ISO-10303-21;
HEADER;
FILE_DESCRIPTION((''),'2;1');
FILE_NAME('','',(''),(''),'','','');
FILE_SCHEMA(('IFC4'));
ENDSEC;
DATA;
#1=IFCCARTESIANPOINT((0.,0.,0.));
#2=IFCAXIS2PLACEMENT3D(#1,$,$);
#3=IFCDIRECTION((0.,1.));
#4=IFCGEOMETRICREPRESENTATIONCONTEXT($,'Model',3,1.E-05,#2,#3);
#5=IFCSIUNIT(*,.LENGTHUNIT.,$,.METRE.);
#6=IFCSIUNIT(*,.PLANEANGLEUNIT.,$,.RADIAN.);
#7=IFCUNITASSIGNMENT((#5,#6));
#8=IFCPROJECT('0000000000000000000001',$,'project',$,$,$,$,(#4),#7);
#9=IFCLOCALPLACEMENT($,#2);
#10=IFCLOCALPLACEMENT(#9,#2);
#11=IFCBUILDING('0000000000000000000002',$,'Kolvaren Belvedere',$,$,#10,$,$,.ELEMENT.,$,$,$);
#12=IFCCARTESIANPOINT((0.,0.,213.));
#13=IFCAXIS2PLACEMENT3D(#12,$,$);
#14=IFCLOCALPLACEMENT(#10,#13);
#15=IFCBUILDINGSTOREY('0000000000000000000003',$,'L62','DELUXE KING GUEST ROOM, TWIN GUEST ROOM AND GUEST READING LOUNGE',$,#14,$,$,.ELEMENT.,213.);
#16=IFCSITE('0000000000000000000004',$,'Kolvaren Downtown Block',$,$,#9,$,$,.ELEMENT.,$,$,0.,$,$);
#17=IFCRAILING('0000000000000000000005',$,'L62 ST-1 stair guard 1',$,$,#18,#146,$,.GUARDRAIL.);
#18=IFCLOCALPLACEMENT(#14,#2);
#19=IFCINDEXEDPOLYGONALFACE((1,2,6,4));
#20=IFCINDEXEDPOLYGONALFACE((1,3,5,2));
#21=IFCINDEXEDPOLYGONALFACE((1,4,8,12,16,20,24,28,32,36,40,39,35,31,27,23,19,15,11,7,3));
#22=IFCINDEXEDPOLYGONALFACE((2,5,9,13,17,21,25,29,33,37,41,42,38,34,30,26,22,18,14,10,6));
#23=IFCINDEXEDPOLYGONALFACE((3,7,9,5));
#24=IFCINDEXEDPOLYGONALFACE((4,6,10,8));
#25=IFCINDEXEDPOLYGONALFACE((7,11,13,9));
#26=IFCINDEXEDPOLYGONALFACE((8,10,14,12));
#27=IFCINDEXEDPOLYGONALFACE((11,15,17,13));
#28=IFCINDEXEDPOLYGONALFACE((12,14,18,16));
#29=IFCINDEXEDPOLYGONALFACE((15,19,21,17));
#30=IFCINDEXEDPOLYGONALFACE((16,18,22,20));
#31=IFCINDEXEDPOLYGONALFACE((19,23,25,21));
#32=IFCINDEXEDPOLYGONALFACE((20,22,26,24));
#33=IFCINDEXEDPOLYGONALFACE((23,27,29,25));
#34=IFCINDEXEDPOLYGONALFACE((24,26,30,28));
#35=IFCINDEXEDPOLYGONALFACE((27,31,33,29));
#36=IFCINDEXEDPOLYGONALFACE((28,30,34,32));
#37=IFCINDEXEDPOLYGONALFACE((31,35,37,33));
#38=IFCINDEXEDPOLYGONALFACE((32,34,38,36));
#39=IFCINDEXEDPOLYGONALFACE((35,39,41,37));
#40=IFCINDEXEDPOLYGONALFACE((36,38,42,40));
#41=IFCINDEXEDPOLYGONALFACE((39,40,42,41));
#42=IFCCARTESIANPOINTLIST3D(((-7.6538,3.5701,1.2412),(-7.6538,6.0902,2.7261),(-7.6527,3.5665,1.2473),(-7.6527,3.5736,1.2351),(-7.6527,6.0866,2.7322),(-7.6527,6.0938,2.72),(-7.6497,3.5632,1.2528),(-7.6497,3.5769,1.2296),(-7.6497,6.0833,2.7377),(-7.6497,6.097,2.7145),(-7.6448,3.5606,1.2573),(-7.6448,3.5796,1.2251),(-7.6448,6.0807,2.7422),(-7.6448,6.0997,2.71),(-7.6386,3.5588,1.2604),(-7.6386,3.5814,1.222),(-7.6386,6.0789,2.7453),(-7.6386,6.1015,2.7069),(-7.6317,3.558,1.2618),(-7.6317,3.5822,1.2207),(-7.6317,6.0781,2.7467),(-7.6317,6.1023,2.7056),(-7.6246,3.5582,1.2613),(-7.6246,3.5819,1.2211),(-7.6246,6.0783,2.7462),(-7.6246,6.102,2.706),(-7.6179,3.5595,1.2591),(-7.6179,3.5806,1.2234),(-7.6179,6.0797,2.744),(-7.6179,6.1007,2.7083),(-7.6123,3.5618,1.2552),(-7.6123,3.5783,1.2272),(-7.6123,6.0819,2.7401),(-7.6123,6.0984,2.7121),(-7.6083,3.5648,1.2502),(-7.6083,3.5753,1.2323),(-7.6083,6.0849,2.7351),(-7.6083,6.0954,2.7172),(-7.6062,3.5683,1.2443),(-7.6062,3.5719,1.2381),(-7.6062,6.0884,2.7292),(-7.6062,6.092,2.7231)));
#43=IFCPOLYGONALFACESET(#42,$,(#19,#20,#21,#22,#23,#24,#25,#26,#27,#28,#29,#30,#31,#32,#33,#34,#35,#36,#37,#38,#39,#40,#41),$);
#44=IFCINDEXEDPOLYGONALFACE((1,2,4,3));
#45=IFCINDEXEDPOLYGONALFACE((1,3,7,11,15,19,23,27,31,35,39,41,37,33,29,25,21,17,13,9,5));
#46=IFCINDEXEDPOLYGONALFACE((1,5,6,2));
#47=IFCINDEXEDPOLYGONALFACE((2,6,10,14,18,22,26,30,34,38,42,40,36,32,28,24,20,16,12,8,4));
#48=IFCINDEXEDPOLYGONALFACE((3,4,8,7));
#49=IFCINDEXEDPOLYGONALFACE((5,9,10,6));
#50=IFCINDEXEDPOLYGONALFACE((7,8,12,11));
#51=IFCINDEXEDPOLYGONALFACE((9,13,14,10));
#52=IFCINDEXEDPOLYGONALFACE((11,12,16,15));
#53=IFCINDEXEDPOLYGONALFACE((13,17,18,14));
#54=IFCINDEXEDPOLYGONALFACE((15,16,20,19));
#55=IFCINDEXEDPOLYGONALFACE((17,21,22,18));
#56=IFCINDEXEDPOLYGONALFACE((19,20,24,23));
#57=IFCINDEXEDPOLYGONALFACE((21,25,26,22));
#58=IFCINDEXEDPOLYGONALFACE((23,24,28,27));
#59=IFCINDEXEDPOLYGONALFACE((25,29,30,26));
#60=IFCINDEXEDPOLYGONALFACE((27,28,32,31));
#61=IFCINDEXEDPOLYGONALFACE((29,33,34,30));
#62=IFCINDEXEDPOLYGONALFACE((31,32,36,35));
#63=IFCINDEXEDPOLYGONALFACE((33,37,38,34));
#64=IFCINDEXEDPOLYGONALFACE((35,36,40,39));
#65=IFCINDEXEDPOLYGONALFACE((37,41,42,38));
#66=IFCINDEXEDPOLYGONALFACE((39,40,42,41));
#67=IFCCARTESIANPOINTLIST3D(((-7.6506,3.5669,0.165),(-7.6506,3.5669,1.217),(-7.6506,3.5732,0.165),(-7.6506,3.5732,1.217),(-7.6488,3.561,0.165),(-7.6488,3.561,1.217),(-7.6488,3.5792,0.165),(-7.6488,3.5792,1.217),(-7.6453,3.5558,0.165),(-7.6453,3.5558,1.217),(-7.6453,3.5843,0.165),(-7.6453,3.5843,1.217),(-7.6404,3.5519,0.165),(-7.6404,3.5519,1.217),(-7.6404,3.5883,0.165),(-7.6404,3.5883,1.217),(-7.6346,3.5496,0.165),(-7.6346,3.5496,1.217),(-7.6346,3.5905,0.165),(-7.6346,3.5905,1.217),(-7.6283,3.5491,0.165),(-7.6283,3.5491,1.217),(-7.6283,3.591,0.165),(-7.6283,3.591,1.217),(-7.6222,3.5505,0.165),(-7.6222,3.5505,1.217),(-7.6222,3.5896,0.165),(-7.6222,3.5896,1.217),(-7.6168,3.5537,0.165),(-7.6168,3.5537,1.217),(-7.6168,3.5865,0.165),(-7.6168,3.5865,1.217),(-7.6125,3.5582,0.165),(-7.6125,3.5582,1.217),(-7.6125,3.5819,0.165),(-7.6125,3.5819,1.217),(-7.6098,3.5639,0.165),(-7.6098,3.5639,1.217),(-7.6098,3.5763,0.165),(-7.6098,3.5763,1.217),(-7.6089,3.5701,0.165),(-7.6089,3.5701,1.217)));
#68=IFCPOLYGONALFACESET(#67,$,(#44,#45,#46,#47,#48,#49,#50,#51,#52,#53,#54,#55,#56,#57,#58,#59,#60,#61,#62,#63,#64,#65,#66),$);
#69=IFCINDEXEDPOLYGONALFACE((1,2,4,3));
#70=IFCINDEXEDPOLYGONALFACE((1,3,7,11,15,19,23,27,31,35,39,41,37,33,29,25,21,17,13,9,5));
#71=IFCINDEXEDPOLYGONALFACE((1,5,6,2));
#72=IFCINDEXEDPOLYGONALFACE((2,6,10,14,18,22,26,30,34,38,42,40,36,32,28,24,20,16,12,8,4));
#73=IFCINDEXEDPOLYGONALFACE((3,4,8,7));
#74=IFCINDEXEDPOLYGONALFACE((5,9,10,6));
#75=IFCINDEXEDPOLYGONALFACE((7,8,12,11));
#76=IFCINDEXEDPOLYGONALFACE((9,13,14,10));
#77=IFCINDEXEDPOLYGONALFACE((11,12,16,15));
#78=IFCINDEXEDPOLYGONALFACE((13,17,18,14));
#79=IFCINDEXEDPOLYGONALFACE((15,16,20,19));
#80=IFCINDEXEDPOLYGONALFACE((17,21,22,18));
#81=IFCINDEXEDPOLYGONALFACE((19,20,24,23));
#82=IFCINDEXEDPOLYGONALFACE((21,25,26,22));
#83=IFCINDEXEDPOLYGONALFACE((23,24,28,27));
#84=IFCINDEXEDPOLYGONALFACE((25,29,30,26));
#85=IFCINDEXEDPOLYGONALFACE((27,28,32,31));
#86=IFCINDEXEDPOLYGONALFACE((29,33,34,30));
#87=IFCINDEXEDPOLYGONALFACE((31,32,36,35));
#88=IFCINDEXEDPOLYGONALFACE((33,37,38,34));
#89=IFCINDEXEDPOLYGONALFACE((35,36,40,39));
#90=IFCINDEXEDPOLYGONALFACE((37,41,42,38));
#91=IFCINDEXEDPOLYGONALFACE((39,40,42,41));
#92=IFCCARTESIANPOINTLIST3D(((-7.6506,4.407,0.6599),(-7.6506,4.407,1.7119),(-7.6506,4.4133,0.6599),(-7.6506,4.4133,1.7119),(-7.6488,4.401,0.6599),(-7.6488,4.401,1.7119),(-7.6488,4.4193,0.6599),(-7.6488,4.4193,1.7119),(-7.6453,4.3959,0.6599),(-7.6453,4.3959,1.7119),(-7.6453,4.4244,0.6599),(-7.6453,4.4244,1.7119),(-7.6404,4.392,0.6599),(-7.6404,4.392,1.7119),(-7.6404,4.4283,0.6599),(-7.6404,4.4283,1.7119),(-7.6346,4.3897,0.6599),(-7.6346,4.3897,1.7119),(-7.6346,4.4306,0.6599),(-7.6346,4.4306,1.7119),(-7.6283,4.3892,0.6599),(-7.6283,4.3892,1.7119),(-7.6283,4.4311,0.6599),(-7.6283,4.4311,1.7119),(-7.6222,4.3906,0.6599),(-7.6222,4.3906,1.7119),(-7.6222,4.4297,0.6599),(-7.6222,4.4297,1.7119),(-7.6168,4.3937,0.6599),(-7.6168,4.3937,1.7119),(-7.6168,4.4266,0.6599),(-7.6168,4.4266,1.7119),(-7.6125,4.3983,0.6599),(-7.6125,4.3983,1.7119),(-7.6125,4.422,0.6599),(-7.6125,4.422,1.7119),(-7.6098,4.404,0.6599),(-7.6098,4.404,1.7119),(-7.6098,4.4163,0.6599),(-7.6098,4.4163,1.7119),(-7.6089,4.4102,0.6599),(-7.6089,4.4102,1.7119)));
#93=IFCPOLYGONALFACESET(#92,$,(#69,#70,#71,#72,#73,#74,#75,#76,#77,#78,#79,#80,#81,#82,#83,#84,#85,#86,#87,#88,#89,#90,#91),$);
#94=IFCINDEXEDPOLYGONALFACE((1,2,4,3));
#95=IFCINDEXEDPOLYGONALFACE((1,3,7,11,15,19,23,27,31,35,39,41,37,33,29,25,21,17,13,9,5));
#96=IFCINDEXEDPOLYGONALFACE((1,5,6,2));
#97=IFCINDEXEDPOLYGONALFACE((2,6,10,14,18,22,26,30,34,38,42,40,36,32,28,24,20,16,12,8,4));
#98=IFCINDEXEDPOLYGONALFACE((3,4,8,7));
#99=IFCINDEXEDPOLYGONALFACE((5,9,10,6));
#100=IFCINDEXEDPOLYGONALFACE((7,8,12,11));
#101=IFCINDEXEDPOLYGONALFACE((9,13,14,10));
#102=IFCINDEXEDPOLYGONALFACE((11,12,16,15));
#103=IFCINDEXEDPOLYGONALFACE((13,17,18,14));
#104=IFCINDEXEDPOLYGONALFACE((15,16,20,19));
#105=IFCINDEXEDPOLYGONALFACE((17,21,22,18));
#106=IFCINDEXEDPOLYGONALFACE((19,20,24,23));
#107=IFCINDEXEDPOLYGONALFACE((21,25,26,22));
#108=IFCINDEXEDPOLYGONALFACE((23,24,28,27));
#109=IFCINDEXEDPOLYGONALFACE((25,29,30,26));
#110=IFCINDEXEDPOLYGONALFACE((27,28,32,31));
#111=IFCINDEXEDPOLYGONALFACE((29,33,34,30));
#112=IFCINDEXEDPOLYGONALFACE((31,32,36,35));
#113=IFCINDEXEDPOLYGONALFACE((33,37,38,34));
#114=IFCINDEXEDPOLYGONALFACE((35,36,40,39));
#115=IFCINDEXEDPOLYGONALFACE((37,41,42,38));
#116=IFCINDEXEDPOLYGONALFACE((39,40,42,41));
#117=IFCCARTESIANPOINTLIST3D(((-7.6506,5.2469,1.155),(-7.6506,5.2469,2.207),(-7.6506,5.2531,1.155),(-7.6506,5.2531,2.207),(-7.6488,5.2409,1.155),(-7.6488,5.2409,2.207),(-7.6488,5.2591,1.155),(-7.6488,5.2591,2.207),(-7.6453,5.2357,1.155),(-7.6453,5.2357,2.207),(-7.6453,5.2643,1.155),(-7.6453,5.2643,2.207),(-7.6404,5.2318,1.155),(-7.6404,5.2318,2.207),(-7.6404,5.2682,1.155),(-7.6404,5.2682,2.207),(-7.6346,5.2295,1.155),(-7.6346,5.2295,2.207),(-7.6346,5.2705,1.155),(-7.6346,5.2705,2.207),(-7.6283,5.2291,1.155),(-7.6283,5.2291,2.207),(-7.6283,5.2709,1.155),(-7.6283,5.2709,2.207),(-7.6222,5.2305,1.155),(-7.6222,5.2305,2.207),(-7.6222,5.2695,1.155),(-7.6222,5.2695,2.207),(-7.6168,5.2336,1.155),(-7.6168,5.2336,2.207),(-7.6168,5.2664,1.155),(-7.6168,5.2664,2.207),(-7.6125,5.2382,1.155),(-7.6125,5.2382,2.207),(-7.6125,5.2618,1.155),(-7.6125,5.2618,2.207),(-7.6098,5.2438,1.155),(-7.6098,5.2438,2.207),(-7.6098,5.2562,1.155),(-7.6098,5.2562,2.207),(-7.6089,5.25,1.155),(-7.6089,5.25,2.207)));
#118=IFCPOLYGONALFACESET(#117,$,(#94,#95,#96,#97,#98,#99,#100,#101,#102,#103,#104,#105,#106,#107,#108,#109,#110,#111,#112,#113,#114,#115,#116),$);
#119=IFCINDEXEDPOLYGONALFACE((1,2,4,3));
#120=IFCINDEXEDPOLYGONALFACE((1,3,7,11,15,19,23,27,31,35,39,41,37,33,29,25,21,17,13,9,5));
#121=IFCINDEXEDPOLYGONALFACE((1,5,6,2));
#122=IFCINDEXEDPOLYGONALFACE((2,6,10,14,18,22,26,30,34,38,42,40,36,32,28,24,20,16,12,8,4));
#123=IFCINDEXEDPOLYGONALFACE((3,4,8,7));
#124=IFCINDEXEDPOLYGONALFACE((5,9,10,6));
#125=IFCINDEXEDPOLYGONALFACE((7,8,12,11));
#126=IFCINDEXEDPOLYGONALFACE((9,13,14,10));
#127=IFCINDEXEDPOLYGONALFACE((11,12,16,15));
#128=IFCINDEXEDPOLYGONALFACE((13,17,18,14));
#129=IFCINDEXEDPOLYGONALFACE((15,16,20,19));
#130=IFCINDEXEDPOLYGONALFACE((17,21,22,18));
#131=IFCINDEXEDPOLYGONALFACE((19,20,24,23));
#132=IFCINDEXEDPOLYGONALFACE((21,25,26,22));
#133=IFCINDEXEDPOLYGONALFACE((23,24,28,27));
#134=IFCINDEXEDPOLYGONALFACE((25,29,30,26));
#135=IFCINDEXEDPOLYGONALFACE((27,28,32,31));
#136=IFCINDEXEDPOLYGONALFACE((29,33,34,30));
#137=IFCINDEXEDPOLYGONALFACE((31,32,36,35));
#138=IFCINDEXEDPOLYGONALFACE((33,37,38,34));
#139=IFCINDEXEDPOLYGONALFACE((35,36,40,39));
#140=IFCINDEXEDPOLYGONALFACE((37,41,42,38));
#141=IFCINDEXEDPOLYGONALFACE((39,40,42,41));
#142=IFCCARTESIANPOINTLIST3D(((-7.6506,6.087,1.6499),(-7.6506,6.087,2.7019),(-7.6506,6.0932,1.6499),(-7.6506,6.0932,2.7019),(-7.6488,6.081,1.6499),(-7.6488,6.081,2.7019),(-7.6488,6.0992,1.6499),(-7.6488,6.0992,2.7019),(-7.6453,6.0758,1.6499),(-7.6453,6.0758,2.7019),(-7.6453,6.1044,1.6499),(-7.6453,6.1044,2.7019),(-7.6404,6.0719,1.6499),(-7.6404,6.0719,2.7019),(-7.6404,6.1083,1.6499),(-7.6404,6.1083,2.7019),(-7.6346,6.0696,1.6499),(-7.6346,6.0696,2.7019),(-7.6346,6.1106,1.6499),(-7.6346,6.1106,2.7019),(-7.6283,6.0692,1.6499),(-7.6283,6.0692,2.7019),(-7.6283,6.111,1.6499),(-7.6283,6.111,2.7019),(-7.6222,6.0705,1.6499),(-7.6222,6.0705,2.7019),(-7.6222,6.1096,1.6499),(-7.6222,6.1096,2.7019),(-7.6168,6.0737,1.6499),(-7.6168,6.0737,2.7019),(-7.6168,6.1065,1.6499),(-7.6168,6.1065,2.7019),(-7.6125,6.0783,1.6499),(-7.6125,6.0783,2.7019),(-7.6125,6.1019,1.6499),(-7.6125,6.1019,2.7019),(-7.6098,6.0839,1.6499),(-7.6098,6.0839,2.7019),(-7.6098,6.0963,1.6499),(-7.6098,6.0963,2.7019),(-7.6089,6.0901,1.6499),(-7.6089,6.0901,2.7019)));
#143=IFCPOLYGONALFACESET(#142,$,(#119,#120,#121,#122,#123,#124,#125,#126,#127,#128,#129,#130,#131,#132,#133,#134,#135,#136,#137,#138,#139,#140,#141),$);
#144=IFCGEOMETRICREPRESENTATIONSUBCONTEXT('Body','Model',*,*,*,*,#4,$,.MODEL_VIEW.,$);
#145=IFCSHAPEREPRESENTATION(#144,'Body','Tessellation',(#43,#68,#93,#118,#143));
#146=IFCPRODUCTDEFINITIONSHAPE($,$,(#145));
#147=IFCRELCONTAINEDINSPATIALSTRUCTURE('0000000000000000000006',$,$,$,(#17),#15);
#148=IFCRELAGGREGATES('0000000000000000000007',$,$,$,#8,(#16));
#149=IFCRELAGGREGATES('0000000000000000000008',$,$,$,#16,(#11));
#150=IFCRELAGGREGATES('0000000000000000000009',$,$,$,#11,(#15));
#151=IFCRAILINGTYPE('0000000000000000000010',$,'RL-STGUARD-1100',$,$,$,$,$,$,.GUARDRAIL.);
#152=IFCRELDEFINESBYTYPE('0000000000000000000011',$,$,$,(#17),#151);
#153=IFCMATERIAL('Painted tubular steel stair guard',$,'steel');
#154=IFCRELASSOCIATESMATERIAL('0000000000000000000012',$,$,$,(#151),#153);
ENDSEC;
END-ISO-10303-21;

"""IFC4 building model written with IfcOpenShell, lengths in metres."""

from ifc_helpers import new_model, si_unit, direction, frame, origin, origin_2d, place, context, subcontext, project, spatial, circle, extrude, material, type_object, element, save


model = new_model("IFC4")

# Units and contexts
model_context = context("Model", 3, precision=1e-05, world=origin(), true_north=direction((0.0, 1.0)))
body_context = subcontext(model_context, "Body", "Model", "MODEL_VIEW")
ifc_project = project(units=[si_unit("LENGTHUNIT", "METRE"), si_unit("PLANEANGLEUNIT", "RADIAN")], contexts=[model_context])

# Site, building, storey
site_placement = place(None, origin())
site = spatial("IfcSite", under=ifc_project, at=site_placement, Name="Kolvaren Downtown Block", CompositionType="ELEMENT", RefElevation=0.0)
building_placement = place(site_placement, origin())
building = spatial("IfcBuilding", under=site, at=building_placement, Name="Kolvaren Belvedere", CompositionType="ELEMENT")
storey_placement = place(building_placement, frame((0.0, 0.0, 213.0)))
storey = spatial("IfcBuildingStorey", under=building, at=storey_placement, Name="L62", Description="DELUXE KING GUEST ROOM, TWIN GUEST ROOM AND GUEST READING LOUNGE", CompositionType="ELEMENT", Elevation=213.0)

# Railing
ifc_material_1 = material(Name="Painted tubular steel stair guard", Category="steel")
railing_type_1 = type_object("IfcRailingType", Name="RL-STGUARD-1100", PredefinedType="GUARDRAIL", material=ifc_material_1)
railing_1_placement = place(storey_placement, frame((-7.6299, 3.5701, 0.165)))
element("IfcRailing", 1, at=railing_1_placement, inside=storey, type_object=railing_type_1, Name="L62 ST-1 stair guard 1", PredefinedType="GUARDRAIL", context=body_context, shape_type="SweptSolid", body=[
    extrude(circle(Radius=0.0239, at=origin_2d()), frame((0.0, 0.0, 1.0762), z_axis=(0.0, 0.861561, 0.507655), x_axis=(-1.0, 0.0, 0.0)), (0.0, 0.0, 1.0), 2.925),
    extrude(circle(Radius=0.021, at=origin_2d()), origin(), (0.0, 0.0, 1.0), 1.052),
    extrude(circle(Radius=0.021, at=origin_2d()), frame((0.0, 0.8401, 0.4949)), (0.0, 0.0, 1.0), 1.052),
    extrude(circle(Radius=0.021, at=origin_2d()), frame((0.0, 1.6799, 0.99)), (0.0, 0.0, 1.0), 1.052),
    extrude(circle(Radius=0.021, at=origin_2d()), frame((0.0, 2.52, 1.4849)), (0.0, 0.0, 1.0), 1.052),
])

save(model, "model.ifc")
